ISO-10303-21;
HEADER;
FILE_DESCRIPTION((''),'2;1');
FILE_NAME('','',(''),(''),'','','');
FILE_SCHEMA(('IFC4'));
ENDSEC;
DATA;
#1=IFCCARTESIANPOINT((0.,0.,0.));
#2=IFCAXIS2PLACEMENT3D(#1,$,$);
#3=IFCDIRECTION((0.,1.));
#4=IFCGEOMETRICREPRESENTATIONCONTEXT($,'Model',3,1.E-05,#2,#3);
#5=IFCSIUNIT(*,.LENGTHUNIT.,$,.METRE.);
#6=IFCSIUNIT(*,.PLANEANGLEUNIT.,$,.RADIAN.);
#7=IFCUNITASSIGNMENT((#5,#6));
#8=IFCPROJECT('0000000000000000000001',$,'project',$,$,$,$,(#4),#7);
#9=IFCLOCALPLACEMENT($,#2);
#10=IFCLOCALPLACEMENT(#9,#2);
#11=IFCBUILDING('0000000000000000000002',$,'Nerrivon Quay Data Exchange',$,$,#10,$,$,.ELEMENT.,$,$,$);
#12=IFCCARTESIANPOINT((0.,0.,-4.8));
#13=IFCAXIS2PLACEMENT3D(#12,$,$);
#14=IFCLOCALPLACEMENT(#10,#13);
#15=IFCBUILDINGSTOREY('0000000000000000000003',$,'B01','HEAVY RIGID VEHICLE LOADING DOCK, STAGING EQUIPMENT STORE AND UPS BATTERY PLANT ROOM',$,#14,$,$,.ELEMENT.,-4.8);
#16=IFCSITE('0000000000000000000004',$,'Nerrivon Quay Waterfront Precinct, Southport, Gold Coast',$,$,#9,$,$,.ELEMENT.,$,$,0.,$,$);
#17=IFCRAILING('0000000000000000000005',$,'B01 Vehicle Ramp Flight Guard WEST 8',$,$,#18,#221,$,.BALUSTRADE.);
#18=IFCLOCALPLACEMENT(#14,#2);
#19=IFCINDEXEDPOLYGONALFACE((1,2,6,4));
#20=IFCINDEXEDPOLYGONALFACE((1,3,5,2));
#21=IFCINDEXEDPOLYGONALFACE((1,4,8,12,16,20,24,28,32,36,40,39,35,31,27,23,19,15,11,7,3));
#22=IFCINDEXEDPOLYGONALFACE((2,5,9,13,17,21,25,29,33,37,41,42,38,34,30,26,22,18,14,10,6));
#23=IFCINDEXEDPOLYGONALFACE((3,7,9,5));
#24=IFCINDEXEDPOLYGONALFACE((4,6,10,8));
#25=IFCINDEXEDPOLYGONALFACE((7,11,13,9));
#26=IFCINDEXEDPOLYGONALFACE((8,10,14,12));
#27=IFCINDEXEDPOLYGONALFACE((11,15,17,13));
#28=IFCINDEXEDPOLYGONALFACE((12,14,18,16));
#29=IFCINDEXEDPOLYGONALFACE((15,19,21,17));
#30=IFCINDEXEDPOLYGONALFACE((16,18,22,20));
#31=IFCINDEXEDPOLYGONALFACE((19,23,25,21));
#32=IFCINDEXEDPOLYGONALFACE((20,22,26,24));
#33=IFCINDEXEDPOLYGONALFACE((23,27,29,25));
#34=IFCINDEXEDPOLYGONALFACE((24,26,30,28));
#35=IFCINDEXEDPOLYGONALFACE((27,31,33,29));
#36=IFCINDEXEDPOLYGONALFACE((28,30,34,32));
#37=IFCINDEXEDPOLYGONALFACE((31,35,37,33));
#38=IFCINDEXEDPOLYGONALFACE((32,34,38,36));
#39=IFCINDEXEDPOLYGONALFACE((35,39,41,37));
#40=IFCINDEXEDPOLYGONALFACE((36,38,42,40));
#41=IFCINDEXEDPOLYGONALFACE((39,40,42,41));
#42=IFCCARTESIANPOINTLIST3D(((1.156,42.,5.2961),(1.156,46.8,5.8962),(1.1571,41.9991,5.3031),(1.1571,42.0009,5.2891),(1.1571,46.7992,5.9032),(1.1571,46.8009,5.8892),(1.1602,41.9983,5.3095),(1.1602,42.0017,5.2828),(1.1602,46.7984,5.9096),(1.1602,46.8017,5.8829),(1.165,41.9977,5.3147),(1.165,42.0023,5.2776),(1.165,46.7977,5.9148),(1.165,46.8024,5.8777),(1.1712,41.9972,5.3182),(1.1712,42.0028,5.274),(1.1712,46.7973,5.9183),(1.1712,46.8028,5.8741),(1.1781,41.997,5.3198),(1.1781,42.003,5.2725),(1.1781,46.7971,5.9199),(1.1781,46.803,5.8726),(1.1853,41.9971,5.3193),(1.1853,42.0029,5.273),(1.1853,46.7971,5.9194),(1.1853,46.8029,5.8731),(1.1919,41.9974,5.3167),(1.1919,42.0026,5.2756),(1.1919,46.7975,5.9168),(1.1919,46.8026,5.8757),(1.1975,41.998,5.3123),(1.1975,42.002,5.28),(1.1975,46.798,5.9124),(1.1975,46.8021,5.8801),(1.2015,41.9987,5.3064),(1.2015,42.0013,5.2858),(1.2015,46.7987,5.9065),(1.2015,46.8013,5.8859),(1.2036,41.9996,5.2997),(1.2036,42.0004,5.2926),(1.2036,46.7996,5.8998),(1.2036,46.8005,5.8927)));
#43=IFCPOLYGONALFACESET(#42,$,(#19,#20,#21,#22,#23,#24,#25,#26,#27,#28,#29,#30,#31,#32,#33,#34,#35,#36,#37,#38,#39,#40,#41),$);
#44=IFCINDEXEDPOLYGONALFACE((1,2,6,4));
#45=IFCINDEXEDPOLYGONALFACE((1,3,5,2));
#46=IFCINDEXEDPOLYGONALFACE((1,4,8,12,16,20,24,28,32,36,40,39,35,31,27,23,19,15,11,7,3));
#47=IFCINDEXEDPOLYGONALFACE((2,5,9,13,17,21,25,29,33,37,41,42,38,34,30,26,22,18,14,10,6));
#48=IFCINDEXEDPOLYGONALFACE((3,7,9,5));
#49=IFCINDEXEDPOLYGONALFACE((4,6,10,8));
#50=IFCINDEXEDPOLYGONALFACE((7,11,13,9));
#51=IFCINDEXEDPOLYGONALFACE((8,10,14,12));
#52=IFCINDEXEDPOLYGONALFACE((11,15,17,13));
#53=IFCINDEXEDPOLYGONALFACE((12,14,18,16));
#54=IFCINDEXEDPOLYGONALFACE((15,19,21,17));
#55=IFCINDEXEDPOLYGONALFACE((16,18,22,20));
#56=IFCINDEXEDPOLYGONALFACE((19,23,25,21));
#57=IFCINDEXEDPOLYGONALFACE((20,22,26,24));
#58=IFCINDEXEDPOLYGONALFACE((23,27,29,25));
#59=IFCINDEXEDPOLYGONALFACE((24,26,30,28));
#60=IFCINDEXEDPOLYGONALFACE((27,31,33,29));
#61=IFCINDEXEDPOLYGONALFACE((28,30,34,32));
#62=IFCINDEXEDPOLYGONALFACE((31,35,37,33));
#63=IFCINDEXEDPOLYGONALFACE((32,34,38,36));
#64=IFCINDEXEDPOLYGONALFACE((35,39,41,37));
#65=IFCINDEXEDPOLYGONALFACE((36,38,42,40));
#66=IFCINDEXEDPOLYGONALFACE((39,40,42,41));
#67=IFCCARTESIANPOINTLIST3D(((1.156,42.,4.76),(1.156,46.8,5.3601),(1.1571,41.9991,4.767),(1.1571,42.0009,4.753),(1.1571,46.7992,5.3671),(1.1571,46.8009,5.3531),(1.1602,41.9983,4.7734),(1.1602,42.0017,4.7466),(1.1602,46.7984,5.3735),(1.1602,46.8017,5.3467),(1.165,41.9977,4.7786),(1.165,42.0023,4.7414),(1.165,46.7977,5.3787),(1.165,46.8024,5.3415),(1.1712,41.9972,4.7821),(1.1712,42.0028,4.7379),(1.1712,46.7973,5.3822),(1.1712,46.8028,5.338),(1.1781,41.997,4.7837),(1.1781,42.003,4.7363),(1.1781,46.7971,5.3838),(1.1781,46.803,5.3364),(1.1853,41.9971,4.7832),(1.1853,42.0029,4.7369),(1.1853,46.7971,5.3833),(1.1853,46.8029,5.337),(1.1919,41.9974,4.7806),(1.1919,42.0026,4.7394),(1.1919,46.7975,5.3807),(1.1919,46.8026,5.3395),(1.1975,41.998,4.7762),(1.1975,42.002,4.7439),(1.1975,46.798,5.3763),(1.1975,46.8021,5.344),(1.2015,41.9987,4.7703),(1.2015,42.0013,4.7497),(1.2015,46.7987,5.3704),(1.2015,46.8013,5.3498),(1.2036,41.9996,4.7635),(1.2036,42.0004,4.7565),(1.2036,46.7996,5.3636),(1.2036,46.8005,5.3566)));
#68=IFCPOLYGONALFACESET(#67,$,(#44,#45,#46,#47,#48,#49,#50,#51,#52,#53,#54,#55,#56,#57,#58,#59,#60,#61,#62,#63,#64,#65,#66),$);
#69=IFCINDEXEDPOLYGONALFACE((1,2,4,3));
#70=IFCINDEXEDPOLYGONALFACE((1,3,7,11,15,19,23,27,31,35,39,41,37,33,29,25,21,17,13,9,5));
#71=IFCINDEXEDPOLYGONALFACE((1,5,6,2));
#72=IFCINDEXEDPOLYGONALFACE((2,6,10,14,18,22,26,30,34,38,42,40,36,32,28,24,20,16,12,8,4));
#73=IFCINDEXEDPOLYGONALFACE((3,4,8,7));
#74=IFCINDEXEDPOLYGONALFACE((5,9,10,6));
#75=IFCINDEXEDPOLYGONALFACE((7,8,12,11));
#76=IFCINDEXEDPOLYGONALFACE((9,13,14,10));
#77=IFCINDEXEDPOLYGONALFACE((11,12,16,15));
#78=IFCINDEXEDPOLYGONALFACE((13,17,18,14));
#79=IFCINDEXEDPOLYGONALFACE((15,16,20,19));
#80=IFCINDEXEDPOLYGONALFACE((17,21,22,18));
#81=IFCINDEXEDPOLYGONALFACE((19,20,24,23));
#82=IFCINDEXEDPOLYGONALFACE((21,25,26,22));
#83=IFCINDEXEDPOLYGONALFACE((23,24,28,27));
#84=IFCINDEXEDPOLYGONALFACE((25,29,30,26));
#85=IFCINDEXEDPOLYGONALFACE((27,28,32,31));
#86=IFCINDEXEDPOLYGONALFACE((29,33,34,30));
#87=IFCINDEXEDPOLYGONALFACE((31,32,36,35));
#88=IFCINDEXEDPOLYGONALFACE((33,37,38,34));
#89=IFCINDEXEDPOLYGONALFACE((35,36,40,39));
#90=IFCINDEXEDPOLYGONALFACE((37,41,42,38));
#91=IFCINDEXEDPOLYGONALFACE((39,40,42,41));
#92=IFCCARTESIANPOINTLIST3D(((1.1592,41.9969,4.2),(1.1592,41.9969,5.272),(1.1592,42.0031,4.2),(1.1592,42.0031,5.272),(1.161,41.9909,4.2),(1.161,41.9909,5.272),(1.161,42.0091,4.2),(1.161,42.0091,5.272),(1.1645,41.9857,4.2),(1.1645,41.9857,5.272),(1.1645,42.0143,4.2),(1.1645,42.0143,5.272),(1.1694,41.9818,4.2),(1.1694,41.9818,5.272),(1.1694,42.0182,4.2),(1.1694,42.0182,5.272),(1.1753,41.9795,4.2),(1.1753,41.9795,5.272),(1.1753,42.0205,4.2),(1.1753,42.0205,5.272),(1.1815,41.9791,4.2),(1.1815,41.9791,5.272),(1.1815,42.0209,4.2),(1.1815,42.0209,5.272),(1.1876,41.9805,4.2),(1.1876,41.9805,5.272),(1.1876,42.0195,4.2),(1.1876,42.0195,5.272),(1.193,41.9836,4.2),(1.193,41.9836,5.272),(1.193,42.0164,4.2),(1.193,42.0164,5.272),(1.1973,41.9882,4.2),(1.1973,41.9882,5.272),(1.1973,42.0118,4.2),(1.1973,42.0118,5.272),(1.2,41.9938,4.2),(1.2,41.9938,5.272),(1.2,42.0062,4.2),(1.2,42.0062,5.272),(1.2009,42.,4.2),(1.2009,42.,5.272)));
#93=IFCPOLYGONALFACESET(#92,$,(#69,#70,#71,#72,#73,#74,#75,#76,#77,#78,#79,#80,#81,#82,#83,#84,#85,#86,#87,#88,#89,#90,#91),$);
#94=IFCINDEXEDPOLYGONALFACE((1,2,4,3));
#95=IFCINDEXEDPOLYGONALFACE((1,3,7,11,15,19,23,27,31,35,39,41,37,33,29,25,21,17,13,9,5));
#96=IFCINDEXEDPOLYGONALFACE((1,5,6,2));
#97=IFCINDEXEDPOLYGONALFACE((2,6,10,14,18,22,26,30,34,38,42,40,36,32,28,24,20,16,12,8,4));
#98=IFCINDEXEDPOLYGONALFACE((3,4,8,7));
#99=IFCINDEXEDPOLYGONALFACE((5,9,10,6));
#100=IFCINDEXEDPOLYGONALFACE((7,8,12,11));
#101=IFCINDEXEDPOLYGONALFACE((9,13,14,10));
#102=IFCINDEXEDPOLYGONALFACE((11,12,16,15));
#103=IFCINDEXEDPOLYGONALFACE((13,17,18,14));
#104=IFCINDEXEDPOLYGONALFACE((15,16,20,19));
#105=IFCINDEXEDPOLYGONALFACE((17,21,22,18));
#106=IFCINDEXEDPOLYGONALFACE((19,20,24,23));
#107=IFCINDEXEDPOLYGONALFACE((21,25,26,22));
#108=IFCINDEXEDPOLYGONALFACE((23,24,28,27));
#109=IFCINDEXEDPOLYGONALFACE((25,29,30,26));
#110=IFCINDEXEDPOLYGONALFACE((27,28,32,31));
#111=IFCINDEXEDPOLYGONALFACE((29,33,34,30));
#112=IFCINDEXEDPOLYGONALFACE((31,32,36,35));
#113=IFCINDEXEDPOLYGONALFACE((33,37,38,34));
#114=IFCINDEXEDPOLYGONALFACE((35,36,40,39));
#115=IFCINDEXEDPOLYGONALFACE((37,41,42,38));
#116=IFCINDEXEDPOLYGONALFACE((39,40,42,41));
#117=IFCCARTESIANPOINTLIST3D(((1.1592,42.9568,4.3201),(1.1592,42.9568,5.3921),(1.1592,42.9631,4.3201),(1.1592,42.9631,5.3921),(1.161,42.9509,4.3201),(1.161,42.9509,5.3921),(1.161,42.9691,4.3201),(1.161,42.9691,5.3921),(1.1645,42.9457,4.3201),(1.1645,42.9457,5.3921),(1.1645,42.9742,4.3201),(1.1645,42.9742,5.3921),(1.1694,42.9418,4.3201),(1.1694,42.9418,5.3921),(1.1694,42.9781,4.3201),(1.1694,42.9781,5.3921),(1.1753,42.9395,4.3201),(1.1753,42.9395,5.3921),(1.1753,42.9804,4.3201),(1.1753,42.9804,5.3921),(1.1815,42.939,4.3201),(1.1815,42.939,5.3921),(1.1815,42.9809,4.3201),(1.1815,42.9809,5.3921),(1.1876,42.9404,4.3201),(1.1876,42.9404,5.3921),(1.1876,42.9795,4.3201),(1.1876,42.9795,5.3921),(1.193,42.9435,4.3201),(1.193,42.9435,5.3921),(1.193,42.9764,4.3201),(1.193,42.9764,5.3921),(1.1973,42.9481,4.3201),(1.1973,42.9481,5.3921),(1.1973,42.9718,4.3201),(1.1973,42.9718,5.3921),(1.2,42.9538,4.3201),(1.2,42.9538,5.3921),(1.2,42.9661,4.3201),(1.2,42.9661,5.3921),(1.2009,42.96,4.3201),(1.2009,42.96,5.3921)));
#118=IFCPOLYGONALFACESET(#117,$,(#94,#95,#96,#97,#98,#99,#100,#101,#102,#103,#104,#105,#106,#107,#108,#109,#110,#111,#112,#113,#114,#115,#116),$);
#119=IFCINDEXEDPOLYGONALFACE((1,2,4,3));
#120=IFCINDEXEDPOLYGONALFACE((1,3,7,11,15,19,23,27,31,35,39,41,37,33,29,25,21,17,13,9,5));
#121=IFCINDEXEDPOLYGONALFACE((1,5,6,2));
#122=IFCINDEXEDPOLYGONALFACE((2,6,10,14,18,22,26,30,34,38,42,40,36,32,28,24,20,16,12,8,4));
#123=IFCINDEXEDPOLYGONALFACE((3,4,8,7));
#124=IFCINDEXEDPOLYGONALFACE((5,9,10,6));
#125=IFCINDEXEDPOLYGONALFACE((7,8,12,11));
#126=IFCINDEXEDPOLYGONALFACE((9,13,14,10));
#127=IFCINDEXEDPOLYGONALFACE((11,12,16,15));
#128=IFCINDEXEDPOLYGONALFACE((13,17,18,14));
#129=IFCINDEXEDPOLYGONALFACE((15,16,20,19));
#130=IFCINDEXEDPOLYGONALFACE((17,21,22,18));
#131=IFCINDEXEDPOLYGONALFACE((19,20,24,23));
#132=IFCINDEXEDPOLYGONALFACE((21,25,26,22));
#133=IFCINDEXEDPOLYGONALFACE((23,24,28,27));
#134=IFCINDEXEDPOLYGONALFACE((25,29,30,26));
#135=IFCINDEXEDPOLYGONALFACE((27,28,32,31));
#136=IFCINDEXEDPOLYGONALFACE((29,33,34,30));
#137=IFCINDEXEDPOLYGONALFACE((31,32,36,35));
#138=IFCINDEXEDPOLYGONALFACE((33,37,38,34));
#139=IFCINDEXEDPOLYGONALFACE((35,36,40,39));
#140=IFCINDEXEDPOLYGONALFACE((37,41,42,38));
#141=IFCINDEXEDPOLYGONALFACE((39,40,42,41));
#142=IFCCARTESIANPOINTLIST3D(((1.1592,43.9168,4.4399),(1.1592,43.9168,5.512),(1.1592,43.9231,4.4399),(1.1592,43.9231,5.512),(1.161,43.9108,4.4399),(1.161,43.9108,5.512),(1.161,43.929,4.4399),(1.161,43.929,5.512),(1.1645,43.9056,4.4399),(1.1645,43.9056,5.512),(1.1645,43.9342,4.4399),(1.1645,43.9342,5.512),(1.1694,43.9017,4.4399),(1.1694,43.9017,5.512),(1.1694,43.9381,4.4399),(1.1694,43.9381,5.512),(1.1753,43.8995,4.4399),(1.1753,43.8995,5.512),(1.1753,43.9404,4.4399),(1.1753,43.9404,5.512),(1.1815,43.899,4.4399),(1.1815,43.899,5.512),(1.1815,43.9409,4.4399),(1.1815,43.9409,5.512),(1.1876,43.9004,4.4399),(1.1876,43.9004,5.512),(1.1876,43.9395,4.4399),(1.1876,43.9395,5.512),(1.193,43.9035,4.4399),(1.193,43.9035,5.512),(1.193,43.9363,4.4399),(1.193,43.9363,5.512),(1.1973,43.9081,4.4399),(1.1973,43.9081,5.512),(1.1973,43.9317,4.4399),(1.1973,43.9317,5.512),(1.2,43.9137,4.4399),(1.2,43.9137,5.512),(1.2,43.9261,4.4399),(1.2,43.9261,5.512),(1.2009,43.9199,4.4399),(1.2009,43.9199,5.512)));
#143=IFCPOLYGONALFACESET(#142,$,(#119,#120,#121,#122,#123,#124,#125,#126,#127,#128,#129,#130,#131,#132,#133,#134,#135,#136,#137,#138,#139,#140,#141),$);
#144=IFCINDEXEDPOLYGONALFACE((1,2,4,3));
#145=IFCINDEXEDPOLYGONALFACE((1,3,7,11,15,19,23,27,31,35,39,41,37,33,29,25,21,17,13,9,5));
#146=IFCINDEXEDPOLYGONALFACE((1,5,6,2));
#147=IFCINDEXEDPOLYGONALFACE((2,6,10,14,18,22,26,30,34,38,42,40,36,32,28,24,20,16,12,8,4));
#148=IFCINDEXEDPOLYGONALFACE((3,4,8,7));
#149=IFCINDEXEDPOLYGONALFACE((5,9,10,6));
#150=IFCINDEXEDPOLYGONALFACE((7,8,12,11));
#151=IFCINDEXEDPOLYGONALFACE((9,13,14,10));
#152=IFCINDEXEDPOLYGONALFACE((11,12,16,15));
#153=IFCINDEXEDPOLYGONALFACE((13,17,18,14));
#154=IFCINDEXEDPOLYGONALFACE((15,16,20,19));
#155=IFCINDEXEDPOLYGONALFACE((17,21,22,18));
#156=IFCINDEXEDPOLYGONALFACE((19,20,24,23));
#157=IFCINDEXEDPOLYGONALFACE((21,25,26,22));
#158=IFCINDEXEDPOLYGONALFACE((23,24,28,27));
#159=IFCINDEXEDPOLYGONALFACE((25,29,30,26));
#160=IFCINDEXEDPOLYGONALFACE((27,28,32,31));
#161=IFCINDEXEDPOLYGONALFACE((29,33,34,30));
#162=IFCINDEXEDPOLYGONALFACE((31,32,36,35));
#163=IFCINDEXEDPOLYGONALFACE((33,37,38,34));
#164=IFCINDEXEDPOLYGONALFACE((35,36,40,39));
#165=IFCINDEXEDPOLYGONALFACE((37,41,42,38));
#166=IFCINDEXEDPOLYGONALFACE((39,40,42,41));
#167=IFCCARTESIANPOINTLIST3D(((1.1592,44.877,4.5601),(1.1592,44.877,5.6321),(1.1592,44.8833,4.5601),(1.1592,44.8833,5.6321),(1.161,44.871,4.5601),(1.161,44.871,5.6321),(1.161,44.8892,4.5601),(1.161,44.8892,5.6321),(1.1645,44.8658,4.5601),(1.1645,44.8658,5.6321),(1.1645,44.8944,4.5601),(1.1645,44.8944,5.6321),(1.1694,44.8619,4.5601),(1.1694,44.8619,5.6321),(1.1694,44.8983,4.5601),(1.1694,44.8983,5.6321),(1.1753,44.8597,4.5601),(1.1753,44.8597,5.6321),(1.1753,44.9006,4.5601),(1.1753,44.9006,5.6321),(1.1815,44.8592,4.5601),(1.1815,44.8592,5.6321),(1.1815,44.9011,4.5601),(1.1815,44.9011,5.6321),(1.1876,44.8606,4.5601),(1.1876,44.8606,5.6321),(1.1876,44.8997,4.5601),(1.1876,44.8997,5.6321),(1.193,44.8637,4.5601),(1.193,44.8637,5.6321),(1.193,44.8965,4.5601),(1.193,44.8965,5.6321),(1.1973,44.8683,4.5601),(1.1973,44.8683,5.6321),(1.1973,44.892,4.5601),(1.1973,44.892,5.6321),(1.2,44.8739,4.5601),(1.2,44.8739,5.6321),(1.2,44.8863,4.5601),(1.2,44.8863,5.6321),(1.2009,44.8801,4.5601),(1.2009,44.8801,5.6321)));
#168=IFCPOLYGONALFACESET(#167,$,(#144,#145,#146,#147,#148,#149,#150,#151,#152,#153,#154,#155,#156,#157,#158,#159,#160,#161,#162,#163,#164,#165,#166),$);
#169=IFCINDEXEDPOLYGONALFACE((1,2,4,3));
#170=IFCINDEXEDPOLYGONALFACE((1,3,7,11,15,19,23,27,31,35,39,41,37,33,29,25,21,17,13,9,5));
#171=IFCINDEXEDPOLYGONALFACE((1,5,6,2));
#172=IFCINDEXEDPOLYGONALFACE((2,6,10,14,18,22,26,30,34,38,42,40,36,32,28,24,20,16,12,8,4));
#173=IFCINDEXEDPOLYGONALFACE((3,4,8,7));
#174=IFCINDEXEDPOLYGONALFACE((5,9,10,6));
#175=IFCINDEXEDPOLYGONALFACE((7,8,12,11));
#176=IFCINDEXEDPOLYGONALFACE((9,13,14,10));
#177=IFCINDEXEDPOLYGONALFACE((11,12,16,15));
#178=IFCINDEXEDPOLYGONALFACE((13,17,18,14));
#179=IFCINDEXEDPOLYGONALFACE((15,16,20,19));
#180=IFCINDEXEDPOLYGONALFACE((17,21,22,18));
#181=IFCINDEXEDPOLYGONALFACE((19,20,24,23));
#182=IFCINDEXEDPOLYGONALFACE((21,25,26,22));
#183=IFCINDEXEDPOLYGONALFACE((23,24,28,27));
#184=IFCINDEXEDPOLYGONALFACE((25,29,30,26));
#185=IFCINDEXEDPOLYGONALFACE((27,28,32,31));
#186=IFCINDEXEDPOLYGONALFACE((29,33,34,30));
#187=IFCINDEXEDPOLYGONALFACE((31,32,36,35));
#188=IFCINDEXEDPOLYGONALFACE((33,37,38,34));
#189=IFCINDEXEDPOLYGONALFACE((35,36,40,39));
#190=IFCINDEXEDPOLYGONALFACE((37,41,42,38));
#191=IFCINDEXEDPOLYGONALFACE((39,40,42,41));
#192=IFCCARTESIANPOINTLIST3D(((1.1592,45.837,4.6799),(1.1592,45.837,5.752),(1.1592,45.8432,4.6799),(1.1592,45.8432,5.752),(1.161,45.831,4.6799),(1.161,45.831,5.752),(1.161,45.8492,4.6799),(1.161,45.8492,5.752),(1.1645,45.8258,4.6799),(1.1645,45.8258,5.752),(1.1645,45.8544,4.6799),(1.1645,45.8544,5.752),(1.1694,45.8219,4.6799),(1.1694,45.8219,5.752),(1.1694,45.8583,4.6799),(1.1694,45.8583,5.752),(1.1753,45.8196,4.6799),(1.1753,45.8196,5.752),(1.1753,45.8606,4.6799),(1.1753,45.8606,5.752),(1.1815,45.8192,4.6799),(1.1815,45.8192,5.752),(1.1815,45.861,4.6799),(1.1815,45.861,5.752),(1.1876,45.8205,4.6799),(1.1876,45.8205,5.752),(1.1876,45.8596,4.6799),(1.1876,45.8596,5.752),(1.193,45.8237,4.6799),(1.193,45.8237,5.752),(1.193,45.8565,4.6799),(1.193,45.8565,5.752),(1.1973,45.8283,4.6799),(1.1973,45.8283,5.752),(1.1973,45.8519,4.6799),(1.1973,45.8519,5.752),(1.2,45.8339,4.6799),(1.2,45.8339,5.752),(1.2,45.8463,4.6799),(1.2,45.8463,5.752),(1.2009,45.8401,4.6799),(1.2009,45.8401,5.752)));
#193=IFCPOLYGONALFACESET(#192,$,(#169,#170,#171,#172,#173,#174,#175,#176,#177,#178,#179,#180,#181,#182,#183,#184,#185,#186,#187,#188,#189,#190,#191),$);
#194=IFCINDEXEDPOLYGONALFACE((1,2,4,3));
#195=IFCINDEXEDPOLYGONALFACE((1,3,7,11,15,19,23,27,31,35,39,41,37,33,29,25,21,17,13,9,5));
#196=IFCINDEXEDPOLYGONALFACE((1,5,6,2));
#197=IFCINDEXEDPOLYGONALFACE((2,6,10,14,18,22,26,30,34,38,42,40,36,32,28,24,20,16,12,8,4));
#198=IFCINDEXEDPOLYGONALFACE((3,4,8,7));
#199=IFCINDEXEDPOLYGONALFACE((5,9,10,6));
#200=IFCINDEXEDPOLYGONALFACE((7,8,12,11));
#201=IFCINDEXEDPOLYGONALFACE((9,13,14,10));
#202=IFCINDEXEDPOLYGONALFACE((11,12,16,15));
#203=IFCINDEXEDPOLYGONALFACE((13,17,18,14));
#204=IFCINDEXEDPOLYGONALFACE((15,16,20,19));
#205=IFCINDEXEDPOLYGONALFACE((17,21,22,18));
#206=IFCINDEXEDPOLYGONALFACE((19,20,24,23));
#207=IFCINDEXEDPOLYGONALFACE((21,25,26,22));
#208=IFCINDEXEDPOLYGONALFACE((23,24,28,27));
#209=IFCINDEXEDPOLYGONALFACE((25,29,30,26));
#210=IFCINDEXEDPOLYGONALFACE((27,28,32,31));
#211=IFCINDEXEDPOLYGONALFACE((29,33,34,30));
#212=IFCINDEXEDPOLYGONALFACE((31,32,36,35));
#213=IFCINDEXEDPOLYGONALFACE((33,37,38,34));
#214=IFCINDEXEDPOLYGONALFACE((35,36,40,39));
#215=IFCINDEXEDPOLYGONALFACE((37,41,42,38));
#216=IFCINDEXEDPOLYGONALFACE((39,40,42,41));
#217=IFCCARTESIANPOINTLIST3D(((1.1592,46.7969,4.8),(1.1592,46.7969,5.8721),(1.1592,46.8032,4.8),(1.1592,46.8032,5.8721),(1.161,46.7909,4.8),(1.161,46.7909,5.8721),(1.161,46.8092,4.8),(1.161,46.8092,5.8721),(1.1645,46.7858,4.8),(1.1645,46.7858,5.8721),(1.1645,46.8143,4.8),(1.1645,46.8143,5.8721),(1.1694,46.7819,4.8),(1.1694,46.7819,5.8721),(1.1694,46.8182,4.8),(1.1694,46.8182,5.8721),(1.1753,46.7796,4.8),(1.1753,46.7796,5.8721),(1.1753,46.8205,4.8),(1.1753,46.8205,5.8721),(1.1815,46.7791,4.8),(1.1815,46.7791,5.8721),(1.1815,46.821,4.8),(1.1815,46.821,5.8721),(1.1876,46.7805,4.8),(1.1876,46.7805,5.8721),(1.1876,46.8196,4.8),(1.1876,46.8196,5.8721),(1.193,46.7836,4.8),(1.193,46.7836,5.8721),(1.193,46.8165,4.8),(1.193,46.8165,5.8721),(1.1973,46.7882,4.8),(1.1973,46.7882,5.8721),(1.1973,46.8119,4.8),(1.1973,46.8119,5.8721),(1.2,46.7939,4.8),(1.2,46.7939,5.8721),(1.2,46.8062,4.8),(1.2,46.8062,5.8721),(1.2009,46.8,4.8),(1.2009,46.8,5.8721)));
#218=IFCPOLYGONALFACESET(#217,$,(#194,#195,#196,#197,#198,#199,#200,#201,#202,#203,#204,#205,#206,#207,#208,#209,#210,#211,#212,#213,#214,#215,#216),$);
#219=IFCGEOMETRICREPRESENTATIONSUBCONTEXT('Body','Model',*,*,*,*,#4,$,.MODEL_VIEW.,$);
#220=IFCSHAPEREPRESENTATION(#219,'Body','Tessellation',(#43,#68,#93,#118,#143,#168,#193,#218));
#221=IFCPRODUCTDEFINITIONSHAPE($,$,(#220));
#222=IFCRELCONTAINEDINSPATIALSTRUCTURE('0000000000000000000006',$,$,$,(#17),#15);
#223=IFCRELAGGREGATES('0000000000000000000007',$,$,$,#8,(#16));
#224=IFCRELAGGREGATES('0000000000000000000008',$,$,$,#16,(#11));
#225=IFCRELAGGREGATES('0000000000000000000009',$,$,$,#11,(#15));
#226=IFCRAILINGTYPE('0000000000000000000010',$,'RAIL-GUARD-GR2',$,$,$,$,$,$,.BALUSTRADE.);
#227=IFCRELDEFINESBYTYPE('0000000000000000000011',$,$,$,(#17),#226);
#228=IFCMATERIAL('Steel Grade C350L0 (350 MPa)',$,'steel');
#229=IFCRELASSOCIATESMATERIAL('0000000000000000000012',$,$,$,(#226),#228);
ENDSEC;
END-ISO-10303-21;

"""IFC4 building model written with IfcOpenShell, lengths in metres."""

from ifc_helpers import new_model, si_unit, direction, frame, origin, origin_2d, place, context, subcontext, project, spatial, circle, extrude, material, type_object, element, save


model = new_model("IFC4")

# Units and contexts
model_context = context("Model", 3, precision=1e-05, world=origin(), true_north=direction((0.0, 1.0)))
body_context = subcontext(model_context, "Body", "Model", "MODEL_VIEW")
ifc_project = project(units=[si_unit("LENGTHUNIT", "METRE"), si_unit("PLANEANGLEUNIT", "RADIAN")], contexts=[model_context])

# Site, building, storey
site_placement = place(None, origin())
site = spatial("IfcSite", under=ifc_project, at=site_placement, Name="Nerrivon Quay Waterfront Precinct, Southport, Gold Coast", CompositionType="ELEMENT", RefElevation=0.0)
building_placement = place(site_placement, origin())
building = spatial("IfcBuilding", under=site, at=building_placement, Name="Nerrivon Quay Data Exchange", CompositionType="ELEMENT")
storey_placement = place(building_placement, frame((0.0, 0.0, -4.8)))
storey = spatial("IfcBuildingStorey", under=building, at=storey_placement, Name="B01", Description="HEAVY RIGID VEHICLE LOADING DOCK, STAGING EQUIPMENT STORE AND UPS BATTERY PLANT ROOM", CompositionType="ELEMENT", Elevation=-4.8)

# Railing
ifc_material_1 = material(Name="Steel Grade C350L0 (350 MPa)", Category="steel")
railing_type_1 = type_object("IfcRailingType", Name="RAIL-GUARD-GR2", PredefinedType="BALUSTRADE", material=ifc_material_1)
railing_1_placement = place(storey_placement, frame((1.1799, 42.0, 4.2)))
element("IfcRailing", 1, at=railing_1_placement, inside=storey, type_object=railing_type_1, Name="B01 Vehicle Ramp Flight Guard WEST 8", PredefinedType="BALUSTRADE", context=body_context, shape_type="SweptSolid", body=[
    extrude(circle(Radius=0.0239, at=origin_2d()), frame((0.0, 0.0, 1.0962), z_axis=(0.0, 0.992276, 0.124053), x_axis=(-1.0, 0.0, 0.0)), (0.0, 0.0, 1.0), 4.8374),
    extrude(circle(Radius=0.0239, at=origin_2d()), frame((0.0, 0.0, 0.5601), z_axis=(0.0, 0.992276, 0.124053), x_axis=(-1.0, 0.0, 0.0)), (0.0, 0.0, 1.0), 4.8374),
    extrude(circle(Radius=0.021, at=origin_2d()), origin(), (0.0, 0.0, 1.0), 1.072),
    extrude(circle(Radius=0.021, at=origin_2d()), frame((0.0, 0.96, 0.1201)), (0.0, 0.0, 1.0), 1.072),
    extrude(circle(Radius=0.021, at=origin_2d()), frame((0.0, 1.9199, 0.24)), (0.0, 0.0, 1.0), 1.072),
    extrude(circle(Radius=0.021, at=origin_2d()), frame((0.0, 2.8801, 0.3601)), (0.0, 0.0, 1.0), 1.072),
    extrude(circle(Radius=0.021, at=origin_2d()), frame((0.0, 3.8401, 0.48)), (0.0, 0.0, 1.0), 1.072),
    extrude(circle(Radius=0.021, at=origin_2d()), frame((0.0, 4.8, 0.6001)), (0.0, 0.0, 1.0), 1.072),
])

save(model, "model.ifc")
